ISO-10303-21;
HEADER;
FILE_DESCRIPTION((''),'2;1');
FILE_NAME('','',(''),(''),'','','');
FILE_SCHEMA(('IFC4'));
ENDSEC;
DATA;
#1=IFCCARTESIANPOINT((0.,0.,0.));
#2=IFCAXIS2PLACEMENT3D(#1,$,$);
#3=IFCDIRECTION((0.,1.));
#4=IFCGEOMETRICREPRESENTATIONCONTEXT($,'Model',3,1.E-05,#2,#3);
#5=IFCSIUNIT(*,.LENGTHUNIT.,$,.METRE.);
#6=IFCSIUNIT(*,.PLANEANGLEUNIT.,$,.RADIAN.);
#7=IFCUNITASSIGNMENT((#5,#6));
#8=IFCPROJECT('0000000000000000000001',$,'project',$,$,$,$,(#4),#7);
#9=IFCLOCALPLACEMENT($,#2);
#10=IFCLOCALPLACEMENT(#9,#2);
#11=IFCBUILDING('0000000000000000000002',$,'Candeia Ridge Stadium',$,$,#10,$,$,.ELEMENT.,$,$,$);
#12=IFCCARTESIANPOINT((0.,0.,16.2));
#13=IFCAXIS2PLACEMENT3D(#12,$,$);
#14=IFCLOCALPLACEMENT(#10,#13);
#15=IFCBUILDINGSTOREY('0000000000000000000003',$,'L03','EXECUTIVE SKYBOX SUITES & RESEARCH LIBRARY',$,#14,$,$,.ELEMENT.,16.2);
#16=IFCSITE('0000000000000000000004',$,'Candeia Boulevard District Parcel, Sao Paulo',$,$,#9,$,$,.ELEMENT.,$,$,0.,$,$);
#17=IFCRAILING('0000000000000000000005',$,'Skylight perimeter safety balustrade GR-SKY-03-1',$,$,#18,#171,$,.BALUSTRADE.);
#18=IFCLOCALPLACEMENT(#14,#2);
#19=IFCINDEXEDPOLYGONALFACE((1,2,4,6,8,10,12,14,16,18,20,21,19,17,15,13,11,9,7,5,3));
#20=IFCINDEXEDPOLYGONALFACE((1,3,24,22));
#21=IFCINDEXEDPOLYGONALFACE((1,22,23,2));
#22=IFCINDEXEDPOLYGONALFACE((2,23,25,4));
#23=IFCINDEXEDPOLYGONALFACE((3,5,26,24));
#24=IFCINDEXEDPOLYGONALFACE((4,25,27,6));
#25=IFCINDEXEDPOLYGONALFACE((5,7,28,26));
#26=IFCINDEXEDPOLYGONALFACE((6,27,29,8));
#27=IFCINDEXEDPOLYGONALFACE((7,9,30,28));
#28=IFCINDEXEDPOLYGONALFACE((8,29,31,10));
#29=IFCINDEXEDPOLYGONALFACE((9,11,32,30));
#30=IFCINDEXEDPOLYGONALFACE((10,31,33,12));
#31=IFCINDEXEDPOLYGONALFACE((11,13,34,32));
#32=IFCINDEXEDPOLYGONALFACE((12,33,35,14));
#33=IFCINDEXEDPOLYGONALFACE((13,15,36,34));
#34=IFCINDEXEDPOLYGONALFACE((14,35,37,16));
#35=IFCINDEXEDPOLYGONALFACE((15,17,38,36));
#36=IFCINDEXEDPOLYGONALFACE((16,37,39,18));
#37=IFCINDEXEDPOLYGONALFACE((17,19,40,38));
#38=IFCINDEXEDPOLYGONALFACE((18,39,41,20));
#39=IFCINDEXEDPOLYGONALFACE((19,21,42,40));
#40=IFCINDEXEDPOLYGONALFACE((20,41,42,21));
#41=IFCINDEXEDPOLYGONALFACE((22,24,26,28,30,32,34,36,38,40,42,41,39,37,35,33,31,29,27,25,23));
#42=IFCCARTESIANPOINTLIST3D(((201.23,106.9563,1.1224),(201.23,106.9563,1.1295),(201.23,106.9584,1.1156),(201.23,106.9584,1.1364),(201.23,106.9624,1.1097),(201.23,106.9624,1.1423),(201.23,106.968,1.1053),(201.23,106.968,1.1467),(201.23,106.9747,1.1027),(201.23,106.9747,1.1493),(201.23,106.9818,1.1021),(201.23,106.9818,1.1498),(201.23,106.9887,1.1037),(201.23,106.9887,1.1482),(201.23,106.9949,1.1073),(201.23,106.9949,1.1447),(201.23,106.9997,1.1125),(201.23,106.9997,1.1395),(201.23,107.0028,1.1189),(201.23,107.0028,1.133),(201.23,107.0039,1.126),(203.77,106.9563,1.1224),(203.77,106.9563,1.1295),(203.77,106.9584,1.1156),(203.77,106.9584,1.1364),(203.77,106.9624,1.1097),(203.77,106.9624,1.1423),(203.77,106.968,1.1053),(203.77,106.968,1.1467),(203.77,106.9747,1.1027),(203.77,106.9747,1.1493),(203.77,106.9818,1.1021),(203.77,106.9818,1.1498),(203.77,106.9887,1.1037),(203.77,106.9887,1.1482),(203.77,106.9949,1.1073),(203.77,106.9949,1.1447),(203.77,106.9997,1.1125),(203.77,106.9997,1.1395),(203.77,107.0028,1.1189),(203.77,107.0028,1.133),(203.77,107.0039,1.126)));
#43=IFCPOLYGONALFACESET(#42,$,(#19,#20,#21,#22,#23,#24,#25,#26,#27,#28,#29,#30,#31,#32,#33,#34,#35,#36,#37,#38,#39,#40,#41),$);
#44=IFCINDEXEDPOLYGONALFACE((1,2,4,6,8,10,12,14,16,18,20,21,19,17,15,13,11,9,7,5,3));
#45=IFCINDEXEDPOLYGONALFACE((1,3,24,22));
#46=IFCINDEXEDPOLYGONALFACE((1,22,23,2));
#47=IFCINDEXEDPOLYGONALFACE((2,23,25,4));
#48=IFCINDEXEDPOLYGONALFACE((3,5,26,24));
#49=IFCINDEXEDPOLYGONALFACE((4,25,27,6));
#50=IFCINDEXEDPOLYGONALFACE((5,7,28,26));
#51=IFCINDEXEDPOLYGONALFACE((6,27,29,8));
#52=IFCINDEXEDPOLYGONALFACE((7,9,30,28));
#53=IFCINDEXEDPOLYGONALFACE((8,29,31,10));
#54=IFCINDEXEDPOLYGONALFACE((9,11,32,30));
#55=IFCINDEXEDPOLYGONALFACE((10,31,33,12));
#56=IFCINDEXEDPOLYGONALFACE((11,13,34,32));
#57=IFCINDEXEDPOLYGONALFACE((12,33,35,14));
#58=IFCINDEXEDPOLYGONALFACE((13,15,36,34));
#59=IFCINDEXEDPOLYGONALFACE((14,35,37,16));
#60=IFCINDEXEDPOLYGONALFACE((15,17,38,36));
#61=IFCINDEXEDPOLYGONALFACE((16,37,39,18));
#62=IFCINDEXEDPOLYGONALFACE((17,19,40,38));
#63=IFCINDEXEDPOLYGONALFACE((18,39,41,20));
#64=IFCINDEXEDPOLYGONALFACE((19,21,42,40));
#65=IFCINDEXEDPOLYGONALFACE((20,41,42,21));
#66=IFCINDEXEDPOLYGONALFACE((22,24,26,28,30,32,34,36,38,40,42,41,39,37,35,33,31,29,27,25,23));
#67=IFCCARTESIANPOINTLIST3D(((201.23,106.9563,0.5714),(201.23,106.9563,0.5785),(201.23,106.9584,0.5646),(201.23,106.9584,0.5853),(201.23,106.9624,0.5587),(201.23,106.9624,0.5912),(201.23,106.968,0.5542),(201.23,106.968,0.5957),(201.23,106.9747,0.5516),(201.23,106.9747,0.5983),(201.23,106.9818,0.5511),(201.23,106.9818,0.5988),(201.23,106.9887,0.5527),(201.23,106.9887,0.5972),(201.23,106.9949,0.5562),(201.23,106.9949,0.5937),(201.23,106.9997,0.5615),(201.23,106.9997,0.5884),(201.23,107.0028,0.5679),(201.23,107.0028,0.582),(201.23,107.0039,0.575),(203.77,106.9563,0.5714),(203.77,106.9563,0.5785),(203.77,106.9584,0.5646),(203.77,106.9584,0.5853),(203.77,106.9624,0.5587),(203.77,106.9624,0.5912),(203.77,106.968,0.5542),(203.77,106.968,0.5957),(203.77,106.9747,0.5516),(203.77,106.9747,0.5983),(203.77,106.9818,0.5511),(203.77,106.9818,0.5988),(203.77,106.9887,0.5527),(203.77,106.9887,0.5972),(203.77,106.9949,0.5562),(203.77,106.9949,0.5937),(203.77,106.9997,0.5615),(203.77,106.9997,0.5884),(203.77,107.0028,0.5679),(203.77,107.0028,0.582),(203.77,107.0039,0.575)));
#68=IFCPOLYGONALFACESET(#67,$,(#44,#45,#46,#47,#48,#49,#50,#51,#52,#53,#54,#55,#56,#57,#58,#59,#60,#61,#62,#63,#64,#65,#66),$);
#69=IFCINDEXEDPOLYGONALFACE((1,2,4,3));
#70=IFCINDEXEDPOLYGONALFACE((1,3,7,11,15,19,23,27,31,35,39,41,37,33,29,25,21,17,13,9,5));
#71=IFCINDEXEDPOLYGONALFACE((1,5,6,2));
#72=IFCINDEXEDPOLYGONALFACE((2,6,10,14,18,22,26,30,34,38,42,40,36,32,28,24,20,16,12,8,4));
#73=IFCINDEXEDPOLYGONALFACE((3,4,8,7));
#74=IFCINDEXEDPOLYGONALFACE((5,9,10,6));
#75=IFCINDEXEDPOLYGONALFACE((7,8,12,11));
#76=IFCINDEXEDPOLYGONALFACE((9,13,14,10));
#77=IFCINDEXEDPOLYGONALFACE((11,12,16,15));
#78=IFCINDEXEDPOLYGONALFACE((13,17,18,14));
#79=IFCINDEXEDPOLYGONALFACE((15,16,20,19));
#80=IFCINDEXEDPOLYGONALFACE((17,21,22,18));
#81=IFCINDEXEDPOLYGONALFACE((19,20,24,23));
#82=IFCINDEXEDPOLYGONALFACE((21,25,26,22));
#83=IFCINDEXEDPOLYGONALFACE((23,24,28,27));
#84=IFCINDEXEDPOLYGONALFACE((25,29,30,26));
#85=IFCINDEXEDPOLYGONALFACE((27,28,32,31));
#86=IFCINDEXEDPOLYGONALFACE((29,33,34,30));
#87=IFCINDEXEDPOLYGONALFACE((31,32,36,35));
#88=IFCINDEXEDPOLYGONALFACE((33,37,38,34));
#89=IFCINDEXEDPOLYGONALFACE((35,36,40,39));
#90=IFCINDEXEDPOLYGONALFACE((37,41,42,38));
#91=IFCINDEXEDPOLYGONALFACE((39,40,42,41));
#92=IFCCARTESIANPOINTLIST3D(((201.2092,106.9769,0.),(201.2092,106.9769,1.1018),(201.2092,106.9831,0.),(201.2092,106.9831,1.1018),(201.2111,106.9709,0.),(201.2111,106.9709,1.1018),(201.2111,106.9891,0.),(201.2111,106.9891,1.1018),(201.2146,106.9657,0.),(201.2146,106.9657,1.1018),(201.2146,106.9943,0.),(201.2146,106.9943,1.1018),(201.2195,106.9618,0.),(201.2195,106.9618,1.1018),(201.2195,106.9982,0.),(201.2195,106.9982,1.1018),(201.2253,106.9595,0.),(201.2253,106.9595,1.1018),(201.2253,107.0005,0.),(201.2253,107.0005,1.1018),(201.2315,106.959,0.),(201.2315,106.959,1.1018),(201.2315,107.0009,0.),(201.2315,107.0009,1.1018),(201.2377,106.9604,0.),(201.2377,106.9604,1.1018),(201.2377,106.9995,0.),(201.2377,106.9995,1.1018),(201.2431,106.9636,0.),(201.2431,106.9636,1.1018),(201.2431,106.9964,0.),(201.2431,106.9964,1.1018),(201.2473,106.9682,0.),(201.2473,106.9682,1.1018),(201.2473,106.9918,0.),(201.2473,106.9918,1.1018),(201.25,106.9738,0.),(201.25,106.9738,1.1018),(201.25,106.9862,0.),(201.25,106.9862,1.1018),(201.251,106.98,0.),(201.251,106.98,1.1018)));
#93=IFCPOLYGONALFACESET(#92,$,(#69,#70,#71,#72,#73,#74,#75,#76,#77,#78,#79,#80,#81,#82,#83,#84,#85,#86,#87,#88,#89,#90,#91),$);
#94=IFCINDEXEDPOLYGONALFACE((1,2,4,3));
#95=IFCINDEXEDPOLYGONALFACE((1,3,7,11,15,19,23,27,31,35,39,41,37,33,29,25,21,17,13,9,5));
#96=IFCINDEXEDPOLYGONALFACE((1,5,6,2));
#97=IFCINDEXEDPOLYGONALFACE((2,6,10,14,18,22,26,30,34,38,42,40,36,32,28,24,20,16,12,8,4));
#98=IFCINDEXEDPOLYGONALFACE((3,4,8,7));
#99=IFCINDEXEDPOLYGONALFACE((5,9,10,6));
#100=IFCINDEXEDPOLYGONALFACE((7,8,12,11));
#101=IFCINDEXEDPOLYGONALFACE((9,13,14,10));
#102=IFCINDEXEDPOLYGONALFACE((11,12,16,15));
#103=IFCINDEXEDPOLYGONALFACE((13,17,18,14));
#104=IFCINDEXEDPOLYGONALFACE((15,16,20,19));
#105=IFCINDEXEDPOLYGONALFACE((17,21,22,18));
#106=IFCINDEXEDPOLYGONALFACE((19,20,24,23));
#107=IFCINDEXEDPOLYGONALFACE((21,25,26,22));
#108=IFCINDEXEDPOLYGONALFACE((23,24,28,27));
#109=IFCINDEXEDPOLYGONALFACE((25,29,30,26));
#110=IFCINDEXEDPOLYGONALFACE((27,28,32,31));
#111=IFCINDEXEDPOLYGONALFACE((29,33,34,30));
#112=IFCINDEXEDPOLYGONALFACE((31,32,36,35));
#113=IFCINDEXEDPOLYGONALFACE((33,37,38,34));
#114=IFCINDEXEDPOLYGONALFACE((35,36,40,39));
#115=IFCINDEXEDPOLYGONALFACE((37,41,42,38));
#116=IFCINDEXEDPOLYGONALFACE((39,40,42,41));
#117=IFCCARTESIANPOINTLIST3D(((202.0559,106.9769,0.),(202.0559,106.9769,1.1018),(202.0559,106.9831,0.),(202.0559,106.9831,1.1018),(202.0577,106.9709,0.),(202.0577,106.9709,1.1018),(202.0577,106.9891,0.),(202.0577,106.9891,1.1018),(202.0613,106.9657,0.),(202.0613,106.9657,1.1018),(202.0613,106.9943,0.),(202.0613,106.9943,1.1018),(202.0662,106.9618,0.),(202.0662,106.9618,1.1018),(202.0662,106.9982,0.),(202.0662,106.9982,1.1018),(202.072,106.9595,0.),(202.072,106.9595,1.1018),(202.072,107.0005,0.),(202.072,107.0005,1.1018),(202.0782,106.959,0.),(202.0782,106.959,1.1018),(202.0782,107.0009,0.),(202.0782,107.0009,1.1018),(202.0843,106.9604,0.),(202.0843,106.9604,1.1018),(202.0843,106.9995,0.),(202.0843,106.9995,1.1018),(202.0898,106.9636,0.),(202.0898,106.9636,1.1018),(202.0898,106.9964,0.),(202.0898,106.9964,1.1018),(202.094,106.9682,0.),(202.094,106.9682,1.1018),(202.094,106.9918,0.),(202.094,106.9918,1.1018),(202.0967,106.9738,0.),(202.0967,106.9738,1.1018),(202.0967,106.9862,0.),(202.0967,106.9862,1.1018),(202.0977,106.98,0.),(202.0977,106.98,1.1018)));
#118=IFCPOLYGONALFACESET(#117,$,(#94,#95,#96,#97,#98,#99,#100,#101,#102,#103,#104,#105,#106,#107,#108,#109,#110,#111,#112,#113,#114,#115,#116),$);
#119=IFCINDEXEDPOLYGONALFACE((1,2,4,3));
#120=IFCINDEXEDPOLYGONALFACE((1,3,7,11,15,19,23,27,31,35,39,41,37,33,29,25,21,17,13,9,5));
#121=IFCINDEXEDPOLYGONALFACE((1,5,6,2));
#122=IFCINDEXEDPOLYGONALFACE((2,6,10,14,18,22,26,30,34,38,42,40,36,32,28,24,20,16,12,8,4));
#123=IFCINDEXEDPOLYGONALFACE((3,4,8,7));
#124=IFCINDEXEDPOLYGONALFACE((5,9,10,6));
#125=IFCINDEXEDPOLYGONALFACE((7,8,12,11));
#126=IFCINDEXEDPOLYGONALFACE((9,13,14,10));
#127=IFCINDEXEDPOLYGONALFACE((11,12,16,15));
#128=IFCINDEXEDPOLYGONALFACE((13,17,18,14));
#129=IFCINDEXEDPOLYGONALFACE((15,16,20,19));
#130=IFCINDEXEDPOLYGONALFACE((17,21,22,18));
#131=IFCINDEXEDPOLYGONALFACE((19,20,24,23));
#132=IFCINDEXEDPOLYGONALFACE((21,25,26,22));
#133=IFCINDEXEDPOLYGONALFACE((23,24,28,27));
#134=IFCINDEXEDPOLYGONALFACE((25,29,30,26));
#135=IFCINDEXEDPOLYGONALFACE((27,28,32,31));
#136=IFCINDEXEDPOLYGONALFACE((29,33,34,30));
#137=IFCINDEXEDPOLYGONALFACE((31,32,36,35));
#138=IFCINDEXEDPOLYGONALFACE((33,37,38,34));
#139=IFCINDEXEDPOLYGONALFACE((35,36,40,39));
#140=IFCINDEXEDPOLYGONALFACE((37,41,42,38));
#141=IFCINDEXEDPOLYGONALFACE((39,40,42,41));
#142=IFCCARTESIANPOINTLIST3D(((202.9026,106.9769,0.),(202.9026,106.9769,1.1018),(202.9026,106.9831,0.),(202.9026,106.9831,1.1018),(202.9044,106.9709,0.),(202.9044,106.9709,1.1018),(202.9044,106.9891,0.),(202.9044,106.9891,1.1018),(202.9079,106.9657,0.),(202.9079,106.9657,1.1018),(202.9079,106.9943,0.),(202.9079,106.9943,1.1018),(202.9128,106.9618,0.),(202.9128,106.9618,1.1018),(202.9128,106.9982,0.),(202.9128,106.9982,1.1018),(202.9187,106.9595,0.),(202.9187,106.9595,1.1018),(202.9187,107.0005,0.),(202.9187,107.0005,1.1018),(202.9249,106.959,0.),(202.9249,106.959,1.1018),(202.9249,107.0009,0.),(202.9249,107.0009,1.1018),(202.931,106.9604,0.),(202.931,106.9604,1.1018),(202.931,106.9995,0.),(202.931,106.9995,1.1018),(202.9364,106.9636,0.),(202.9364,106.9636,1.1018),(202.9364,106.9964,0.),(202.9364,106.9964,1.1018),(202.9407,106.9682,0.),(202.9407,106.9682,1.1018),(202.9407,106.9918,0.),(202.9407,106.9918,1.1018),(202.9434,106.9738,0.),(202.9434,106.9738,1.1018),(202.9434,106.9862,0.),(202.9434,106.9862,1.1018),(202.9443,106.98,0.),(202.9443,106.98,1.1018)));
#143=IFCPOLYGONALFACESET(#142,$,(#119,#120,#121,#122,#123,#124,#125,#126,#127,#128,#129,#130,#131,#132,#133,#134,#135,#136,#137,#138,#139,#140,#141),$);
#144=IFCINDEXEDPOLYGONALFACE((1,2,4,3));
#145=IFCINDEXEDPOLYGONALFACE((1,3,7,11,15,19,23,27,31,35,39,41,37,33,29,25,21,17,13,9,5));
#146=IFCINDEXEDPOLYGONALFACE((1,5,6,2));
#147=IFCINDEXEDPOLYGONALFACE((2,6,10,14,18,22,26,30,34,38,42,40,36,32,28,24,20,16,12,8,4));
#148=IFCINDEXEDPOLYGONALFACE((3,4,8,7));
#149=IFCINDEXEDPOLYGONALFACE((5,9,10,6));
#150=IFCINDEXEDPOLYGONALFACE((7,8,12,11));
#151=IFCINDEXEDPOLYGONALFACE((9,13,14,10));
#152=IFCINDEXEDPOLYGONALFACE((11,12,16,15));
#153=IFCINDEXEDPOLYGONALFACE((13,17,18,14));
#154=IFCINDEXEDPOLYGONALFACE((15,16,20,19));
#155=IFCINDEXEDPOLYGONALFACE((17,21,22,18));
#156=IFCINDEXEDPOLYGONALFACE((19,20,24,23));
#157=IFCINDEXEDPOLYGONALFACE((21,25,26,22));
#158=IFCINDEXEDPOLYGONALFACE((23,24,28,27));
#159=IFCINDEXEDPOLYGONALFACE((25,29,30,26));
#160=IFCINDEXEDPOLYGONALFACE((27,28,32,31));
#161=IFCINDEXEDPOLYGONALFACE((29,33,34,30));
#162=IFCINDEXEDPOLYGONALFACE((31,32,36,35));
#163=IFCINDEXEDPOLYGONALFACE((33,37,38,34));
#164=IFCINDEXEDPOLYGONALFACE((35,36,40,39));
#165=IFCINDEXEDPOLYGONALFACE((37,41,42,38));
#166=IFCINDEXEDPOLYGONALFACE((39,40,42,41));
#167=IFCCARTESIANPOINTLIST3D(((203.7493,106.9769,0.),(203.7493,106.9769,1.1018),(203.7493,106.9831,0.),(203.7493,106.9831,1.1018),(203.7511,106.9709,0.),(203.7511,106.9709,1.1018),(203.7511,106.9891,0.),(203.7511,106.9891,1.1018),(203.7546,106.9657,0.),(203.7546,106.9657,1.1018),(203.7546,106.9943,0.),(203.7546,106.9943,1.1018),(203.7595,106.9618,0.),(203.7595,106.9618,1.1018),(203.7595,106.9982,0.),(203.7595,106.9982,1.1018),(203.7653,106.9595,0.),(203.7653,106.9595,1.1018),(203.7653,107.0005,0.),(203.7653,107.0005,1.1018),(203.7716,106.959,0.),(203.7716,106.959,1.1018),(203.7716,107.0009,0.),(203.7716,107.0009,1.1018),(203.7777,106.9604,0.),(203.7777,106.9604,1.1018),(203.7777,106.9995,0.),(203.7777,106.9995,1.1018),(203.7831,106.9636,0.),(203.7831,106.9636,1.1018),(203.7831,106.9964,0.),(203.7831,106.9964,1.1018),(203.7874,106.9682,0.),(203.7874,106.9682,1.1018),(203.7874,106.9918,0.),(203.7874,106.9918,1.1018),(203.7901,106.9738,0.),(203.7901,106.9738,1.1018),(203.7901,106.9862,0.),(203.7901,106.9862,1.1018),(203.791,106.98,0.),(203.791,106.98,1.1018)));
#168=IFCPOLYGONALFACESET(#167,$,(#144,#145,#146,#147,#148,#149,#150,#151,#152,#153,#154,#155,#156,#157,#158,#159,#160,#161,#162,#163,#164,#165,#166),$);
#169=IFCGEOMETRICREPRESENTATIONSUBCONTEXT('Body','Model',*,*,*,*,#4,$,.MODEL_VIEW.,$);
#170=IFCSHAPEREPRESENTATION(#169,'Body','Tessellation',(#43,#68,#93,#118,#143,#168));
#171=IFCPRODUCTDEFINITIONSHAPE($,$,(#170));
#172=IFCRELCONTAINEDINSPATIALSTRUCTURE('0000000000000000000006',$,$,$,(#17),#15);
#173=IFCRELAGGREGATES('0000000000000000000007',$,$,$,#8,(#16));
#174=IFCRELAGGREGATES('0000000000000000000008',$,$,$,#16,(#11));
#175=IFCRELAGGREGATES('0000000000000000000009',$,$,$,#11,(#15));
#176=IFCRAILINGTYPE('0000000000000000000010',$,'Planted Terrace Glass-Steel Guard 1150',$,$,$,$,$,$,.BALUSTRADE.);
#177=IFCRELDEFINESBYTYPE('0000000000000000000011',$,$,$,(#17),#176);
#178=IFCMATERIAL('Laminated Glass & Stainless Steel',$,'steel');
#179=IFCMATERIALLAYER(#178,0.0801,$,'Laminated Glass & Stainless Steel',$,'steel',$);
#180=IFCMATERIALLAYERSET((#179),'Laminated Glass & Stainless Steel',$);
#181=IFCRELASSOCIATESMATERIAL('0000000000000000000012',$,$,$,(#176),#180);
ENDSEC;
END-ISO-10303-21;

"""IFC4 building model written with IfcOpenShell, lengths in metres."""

from ifc_helpers import new_model, si_unit, direction, frame, origin, origin_2d, place, context, subcontext, project, spatial, circle, extrude, material, layer, layer_set, type_object, element, save


model = new_model("IFC4")

# Units and contexts
model_context = context("Model", 3, precision=1e-05, world=origin(), true_north=direction((0.0, 1.0)))
body_context = subcontext(model_context, "Body", "Model", "MODEL_VIEW")
ifc_project = project(units=[si_unit("LENGTHUNIT", "METRE"), si_unit("PLANEANGLEUNIT", "RADIAN")], contexts=[model_context])

# Site, building, storey
site_placement = place(None, origin())
site = spatial("IfcSite", under=ifc_project, at=site_placement, Name="Candeia Boulevard District Parcel, Sao Paulo", CompositionType="ELEMENT", RefElevation=0.0)
building_placement = place(site_placement, origin())
building = spatial("IfcBuilding", under=site, at=building_placement, Name="Candeia Ridge Stadium", CompositionType="ELEMENT")
storey_placement = place(building_placement, frame((0.0, 0.0, 16.2)))
storey = spatial("IfcBuildingStorey", under=building, at=storey_placement, Name="L03", Description="EXECUTIVE SKYBOX SUITES & RESEARCH LIBRARY", CompositionType="ELEMENT", Elevation=16.2)

# Railing
ifc_material_1 = material(Name="Laminated Glass & Stainless Steel", Category="steel")
ifc_layer_1 = layer(ifc_material_1, 0.0801, Name="Laminated Glass & Stainless Steel", Category="steel")
ifc_layer_set_1 = layer_set([ifc_layer_1], Name="Laminated Glass & Stainless Steel")
railing_type = type_object("IfcRailingType", Name="Planted Terrace Glass-Steel Guard 1150", PredefinedType="BALUSTRADE", material=ifc_layer_set_1)
railing_1_placement = place(storey_placement, frame((201.23, 106.98, 0.0)))
element("IfcRailing", 1, at=railing_1_placement, inside=storey, type_object=railing_type, Name="Skylight perimeter safety balustrade GR-SKY-03-1", PredefinedType="BALUSTRADE", context=body_context, shape_type="SweptSolid", body=[
    extrude(circle(Radius=0.0239, at=origin_2d()), frame((0.0, 0.0, 1.126), z_axis=(1.0, 0.0, 0.0), x_axis=(0.0, 1.0, 0.0)), (0.0, 0.0, 1.0), 2.54),
    extrude(circle(Radius=0.0239, at=origin_2d()), frame((0.0, 0.0, 0.575), z_axis=(1.0, 0.0, 0.0), x_axis=(0.0, 1.0, 0.0)), (0.0, 0.0, 1.0), 2.54),
    extrude(circle(Radius=0.021, at=origin_2d()), origin(), (0.0, 0.0, 1.0), 1.1018),
    extrude(circle(Radius=0.021, at=origin_2d()), frame((0.8467, 0.0, 0.0)), (0.0, 0.0, 1.0), 1.1018),
    extrude(circle(Radius=0.021, at=origin_2d()), frame((1.6934, 0.0, 0.0)), (0.0, 0.0, 1.0), 1.1018),
    extrude(circle(Radius=0.021, at=origin_2d()), frame((2.54, 0.0, 0.0)), (0.0, 0.0, 1.0), 1.1018),
])

save(model, "model.ifc")
